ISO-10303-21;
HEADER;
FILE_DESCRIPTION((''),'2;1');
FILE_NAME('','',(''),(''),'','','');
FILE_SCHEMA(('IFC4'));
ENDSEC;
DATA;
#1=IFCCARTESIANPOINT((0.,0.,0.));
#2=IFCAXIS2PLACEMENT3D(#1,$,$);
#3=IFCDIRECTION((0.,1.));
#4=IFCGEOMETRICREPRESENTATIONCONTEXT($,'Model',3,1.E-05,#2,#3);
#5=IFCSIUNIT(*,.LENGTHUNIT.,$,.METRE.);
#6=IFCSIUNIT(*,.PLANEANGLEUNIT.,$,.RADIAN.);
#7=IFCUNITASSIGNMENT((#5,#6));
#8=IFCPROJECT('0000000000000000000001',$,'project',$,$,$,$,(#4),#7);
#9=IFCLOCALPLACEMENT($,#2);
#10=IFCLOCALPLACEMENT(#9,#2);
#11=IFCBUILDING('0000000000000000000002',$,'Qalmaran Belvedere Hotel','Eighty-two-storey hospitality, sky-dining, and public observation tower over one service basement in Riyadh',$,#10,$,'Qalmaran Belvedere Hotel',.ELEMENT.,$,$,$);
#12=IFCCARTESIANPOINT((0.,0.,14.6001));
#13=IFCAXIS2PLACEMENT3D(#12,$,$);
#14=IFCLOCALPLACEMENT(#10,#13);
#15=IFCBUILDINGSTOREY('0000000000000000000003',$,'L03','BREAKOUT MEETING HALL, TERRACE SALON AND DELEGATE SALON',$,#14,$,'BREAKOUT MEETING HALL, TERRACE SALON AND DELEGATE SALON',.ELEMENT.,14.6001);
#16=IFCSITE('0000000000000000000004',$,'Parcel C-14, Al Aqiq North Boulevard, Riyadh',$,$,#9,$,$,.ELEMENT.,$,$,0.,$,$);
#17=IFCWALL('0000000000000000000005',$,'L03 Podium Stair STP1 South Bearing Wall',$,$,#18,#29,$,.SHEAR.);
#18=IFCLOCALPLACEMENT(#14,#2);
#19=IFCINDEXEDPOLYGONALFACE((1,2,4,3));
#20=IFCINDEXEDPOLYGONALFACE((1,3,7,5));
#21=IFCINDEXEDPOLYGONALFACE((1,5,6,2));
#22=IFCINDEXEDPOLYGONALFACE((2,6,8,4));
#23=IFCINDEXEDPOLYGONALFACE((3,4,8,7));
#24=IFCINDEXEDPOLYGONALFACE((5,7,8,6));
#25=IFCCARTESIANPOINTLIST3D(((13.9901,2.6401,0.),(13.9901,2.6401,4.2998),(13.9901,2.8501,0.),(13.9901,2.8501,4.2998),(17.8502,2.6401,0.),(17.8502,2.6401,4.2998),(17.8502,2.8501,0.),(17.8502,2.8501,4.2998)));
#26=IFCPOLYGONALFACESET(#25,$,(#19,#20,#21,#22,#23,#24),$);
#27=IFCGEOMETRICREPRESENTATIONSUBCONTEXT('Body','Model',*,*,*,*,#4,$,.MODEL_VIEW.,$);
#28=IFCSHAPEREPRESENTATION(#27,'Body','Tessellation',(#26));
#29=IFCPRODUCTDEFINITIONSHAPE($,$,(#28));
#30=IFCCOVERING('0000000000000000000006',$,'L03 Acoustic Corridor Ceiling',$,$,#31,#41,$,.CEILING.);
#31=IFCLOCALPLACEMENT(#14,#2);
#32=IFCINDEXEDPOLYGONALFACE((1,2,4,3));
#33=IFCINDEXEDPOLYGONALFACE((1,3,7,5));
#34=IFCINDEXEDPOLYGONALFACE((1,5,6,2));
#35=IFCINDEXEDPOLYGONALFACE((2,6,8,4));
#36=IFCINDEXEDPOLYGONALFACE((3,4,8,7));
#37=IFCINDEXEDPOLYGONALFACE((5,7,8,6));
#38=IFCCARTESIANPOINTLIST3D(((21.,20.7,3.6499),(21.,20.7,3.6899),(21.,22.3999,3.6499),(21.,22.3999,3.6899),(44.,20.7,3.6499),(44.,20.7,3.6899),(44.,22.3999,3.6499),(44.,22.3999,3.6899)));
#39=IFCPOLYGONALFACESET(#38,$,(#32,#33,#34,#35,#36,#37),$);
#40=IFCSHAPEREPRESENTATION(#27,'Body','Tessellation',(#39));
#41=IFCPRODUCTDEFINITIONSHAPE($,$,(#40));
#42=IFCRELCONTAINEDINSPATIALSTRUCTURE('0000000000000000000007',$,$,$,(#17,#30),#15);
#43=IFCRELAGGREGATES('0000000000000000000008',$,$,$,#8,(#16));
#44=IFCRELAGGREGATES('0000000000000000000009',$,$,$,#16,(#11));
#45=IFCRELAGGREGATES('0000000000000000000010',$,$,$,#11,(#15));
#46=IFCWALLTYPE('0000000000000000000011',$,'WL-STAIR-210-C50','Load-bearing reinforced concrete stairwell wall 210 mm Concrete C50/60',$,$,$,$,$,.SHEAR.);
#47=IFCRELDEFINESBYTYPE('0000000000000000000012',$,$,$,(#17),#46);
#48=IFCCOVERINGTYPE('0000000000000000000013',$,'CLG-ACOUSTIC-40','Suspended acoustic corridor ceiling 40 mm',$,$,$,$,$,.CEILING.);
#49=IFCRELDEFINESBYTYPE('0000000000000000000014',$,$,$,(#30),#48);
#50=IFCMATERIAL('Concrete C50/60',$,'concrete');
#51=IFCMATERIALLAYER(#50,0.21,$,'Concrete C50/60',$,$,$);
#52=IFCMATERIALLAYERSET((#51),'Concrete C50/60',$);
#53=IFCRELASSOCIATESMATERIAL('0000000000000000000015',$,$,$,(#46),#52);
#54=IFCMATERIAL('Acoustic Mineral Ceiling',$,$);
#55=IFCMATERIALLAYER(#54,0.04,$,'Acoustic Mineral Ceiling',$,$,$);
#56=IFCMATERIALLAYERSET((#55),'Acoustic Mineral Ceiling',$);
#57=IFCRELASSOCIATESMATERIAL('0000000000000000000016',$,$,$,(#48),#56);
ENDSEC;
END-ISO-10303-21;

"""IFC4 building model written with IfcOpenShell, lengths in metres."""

from ifc_helpers import new_model, si_unit, direction, frame, frame_2d, origin, place, context, subcontext, project, spatial, polyline, rectangle, outline, extrude, material, layer, layer_set, type_object, element, save


model = new_model("IFC4")

# Units and contexts
model_context = context("Model", 3, precision=1e-05, world=origin(), true_north=direction((0.0, 1.0)))
body_context = subcontext(model_context, "Body", "Model", "MODEL_VIEW")
ifc_project = project(units=[si_unit("LENGTHUNIT", "METRE"), si_unit("PLANEANGLEUNIT", "RADIAN")], contexts=[model_context])

# Site, building, storey
site_placement = place(None, origin())
site = spatial("IfcSite", under=ifc_project, at=site_placement, Name="Parcel C-14, Al Aqiq North Boulevard, Riyadh", CompositionType="ELEMENT", RefElevation=0.0)
building_placement = place(site_placement, origin())
building = spatial("IfcBuilding", under=site, at=building_placement, Name="Qalmaran Belvedere Hotel", Description="Eighty-two-storey hospitality, sky-dining, and public observation tower over one service basement in Riyadh", LongName="Qalmaran Belvedere Hotel", CompositionType="ELEMENT")
storey_placement = place(building_placement, frame((0.0, 0.0, 14.6001)))
storey = spatial("IfcBuildingStorey", under=building, at=storey_placement, Name="L03", Description="BREAKOUT MEETING HALL, TERRACE SALON AND DELEGATE SALON", LongName="BREAKOUT MEETING HALL, TERRACE SALON AND DELEGATE SALON", CompositionType="ELEMENT", Elevation=14.6001)

# Wall
ifc_material_1 = material(Name="Concrete C50/60", Category="concrete")
ifc_layer_1 = layer(ifc_material_1, 0.21, Name="Concrete C50/60")
ifc_layer_set_1 = layer_set([ifc_layer_1], Name="Concrete C50/60")
wall_type_1 = type_object("IfcWallType", Name="WL-STAIR-210-C50", Description="Load-bearing reinforced concrete stairwell wall 210 mm Concrete C50/60", PredefinedType="SHEAR", material=ifc_layer_set_1)
wall_1_placement = place(storey_placement, frame((13.99, 2.7451, 0.0), z_axis=(0.0, 0.0, 1.0), x_axis=(1.0, 0.0, 0.0)))
element("IfcWall", 1, at=wall_1_placement, inside=storey, type_object=wall_type_1, Name="L03 Podium Stair STP1 South Bearing Wall", PredefinedType="SHEAR", context=body_context, shape_type="SweptSolid", body=[
    extrude(rectangle(XDim=3.8601, YDim=0.21, at=frame_2d((1.9302, 0.0))), origin(), (0.0, 0.0, 1.0), 4.2998),
])

# Covering
ifc_material_2 = material(Name="Acoustic Mineral Ceiling")
ifc_layer_2 = layer(ifc_material_2, 0.04, Name="Acoustic Mineral Ceiling")
ifc_layer_set_2 = layer_set([ifc_layer_2], Name="Acoustic Mineral Ceiling")
covering_type = type_object("IfcCoveringType", Name="CLG-ACOUSTIC-40", Description="Suspended acoustic corridor ceiling 40 mm", PredefinedType="CEILING", material=ifc_layer_set_2)
covering_placement = place(storey_placement, frame((0.0, 0.0, 3.6499)))
element("IfcCovering", 2, at=covering_placement, inside=storey, type_object=covering_type, Name="L03 Acoustic Corridor Ceiling", PredefinedType="CEILING", context=body_context, shape_type="SweptSolid", body=[
    extrude(outline(polyline([(21.0, 20.7), (44.0, 20.7), (44.0, 22.3999), (21.0, 22.3999), (21.0, 20.7)])), origin(), (0.0, 0.0, 1.0), 0.04),
])

save(model, "model.ifc")
